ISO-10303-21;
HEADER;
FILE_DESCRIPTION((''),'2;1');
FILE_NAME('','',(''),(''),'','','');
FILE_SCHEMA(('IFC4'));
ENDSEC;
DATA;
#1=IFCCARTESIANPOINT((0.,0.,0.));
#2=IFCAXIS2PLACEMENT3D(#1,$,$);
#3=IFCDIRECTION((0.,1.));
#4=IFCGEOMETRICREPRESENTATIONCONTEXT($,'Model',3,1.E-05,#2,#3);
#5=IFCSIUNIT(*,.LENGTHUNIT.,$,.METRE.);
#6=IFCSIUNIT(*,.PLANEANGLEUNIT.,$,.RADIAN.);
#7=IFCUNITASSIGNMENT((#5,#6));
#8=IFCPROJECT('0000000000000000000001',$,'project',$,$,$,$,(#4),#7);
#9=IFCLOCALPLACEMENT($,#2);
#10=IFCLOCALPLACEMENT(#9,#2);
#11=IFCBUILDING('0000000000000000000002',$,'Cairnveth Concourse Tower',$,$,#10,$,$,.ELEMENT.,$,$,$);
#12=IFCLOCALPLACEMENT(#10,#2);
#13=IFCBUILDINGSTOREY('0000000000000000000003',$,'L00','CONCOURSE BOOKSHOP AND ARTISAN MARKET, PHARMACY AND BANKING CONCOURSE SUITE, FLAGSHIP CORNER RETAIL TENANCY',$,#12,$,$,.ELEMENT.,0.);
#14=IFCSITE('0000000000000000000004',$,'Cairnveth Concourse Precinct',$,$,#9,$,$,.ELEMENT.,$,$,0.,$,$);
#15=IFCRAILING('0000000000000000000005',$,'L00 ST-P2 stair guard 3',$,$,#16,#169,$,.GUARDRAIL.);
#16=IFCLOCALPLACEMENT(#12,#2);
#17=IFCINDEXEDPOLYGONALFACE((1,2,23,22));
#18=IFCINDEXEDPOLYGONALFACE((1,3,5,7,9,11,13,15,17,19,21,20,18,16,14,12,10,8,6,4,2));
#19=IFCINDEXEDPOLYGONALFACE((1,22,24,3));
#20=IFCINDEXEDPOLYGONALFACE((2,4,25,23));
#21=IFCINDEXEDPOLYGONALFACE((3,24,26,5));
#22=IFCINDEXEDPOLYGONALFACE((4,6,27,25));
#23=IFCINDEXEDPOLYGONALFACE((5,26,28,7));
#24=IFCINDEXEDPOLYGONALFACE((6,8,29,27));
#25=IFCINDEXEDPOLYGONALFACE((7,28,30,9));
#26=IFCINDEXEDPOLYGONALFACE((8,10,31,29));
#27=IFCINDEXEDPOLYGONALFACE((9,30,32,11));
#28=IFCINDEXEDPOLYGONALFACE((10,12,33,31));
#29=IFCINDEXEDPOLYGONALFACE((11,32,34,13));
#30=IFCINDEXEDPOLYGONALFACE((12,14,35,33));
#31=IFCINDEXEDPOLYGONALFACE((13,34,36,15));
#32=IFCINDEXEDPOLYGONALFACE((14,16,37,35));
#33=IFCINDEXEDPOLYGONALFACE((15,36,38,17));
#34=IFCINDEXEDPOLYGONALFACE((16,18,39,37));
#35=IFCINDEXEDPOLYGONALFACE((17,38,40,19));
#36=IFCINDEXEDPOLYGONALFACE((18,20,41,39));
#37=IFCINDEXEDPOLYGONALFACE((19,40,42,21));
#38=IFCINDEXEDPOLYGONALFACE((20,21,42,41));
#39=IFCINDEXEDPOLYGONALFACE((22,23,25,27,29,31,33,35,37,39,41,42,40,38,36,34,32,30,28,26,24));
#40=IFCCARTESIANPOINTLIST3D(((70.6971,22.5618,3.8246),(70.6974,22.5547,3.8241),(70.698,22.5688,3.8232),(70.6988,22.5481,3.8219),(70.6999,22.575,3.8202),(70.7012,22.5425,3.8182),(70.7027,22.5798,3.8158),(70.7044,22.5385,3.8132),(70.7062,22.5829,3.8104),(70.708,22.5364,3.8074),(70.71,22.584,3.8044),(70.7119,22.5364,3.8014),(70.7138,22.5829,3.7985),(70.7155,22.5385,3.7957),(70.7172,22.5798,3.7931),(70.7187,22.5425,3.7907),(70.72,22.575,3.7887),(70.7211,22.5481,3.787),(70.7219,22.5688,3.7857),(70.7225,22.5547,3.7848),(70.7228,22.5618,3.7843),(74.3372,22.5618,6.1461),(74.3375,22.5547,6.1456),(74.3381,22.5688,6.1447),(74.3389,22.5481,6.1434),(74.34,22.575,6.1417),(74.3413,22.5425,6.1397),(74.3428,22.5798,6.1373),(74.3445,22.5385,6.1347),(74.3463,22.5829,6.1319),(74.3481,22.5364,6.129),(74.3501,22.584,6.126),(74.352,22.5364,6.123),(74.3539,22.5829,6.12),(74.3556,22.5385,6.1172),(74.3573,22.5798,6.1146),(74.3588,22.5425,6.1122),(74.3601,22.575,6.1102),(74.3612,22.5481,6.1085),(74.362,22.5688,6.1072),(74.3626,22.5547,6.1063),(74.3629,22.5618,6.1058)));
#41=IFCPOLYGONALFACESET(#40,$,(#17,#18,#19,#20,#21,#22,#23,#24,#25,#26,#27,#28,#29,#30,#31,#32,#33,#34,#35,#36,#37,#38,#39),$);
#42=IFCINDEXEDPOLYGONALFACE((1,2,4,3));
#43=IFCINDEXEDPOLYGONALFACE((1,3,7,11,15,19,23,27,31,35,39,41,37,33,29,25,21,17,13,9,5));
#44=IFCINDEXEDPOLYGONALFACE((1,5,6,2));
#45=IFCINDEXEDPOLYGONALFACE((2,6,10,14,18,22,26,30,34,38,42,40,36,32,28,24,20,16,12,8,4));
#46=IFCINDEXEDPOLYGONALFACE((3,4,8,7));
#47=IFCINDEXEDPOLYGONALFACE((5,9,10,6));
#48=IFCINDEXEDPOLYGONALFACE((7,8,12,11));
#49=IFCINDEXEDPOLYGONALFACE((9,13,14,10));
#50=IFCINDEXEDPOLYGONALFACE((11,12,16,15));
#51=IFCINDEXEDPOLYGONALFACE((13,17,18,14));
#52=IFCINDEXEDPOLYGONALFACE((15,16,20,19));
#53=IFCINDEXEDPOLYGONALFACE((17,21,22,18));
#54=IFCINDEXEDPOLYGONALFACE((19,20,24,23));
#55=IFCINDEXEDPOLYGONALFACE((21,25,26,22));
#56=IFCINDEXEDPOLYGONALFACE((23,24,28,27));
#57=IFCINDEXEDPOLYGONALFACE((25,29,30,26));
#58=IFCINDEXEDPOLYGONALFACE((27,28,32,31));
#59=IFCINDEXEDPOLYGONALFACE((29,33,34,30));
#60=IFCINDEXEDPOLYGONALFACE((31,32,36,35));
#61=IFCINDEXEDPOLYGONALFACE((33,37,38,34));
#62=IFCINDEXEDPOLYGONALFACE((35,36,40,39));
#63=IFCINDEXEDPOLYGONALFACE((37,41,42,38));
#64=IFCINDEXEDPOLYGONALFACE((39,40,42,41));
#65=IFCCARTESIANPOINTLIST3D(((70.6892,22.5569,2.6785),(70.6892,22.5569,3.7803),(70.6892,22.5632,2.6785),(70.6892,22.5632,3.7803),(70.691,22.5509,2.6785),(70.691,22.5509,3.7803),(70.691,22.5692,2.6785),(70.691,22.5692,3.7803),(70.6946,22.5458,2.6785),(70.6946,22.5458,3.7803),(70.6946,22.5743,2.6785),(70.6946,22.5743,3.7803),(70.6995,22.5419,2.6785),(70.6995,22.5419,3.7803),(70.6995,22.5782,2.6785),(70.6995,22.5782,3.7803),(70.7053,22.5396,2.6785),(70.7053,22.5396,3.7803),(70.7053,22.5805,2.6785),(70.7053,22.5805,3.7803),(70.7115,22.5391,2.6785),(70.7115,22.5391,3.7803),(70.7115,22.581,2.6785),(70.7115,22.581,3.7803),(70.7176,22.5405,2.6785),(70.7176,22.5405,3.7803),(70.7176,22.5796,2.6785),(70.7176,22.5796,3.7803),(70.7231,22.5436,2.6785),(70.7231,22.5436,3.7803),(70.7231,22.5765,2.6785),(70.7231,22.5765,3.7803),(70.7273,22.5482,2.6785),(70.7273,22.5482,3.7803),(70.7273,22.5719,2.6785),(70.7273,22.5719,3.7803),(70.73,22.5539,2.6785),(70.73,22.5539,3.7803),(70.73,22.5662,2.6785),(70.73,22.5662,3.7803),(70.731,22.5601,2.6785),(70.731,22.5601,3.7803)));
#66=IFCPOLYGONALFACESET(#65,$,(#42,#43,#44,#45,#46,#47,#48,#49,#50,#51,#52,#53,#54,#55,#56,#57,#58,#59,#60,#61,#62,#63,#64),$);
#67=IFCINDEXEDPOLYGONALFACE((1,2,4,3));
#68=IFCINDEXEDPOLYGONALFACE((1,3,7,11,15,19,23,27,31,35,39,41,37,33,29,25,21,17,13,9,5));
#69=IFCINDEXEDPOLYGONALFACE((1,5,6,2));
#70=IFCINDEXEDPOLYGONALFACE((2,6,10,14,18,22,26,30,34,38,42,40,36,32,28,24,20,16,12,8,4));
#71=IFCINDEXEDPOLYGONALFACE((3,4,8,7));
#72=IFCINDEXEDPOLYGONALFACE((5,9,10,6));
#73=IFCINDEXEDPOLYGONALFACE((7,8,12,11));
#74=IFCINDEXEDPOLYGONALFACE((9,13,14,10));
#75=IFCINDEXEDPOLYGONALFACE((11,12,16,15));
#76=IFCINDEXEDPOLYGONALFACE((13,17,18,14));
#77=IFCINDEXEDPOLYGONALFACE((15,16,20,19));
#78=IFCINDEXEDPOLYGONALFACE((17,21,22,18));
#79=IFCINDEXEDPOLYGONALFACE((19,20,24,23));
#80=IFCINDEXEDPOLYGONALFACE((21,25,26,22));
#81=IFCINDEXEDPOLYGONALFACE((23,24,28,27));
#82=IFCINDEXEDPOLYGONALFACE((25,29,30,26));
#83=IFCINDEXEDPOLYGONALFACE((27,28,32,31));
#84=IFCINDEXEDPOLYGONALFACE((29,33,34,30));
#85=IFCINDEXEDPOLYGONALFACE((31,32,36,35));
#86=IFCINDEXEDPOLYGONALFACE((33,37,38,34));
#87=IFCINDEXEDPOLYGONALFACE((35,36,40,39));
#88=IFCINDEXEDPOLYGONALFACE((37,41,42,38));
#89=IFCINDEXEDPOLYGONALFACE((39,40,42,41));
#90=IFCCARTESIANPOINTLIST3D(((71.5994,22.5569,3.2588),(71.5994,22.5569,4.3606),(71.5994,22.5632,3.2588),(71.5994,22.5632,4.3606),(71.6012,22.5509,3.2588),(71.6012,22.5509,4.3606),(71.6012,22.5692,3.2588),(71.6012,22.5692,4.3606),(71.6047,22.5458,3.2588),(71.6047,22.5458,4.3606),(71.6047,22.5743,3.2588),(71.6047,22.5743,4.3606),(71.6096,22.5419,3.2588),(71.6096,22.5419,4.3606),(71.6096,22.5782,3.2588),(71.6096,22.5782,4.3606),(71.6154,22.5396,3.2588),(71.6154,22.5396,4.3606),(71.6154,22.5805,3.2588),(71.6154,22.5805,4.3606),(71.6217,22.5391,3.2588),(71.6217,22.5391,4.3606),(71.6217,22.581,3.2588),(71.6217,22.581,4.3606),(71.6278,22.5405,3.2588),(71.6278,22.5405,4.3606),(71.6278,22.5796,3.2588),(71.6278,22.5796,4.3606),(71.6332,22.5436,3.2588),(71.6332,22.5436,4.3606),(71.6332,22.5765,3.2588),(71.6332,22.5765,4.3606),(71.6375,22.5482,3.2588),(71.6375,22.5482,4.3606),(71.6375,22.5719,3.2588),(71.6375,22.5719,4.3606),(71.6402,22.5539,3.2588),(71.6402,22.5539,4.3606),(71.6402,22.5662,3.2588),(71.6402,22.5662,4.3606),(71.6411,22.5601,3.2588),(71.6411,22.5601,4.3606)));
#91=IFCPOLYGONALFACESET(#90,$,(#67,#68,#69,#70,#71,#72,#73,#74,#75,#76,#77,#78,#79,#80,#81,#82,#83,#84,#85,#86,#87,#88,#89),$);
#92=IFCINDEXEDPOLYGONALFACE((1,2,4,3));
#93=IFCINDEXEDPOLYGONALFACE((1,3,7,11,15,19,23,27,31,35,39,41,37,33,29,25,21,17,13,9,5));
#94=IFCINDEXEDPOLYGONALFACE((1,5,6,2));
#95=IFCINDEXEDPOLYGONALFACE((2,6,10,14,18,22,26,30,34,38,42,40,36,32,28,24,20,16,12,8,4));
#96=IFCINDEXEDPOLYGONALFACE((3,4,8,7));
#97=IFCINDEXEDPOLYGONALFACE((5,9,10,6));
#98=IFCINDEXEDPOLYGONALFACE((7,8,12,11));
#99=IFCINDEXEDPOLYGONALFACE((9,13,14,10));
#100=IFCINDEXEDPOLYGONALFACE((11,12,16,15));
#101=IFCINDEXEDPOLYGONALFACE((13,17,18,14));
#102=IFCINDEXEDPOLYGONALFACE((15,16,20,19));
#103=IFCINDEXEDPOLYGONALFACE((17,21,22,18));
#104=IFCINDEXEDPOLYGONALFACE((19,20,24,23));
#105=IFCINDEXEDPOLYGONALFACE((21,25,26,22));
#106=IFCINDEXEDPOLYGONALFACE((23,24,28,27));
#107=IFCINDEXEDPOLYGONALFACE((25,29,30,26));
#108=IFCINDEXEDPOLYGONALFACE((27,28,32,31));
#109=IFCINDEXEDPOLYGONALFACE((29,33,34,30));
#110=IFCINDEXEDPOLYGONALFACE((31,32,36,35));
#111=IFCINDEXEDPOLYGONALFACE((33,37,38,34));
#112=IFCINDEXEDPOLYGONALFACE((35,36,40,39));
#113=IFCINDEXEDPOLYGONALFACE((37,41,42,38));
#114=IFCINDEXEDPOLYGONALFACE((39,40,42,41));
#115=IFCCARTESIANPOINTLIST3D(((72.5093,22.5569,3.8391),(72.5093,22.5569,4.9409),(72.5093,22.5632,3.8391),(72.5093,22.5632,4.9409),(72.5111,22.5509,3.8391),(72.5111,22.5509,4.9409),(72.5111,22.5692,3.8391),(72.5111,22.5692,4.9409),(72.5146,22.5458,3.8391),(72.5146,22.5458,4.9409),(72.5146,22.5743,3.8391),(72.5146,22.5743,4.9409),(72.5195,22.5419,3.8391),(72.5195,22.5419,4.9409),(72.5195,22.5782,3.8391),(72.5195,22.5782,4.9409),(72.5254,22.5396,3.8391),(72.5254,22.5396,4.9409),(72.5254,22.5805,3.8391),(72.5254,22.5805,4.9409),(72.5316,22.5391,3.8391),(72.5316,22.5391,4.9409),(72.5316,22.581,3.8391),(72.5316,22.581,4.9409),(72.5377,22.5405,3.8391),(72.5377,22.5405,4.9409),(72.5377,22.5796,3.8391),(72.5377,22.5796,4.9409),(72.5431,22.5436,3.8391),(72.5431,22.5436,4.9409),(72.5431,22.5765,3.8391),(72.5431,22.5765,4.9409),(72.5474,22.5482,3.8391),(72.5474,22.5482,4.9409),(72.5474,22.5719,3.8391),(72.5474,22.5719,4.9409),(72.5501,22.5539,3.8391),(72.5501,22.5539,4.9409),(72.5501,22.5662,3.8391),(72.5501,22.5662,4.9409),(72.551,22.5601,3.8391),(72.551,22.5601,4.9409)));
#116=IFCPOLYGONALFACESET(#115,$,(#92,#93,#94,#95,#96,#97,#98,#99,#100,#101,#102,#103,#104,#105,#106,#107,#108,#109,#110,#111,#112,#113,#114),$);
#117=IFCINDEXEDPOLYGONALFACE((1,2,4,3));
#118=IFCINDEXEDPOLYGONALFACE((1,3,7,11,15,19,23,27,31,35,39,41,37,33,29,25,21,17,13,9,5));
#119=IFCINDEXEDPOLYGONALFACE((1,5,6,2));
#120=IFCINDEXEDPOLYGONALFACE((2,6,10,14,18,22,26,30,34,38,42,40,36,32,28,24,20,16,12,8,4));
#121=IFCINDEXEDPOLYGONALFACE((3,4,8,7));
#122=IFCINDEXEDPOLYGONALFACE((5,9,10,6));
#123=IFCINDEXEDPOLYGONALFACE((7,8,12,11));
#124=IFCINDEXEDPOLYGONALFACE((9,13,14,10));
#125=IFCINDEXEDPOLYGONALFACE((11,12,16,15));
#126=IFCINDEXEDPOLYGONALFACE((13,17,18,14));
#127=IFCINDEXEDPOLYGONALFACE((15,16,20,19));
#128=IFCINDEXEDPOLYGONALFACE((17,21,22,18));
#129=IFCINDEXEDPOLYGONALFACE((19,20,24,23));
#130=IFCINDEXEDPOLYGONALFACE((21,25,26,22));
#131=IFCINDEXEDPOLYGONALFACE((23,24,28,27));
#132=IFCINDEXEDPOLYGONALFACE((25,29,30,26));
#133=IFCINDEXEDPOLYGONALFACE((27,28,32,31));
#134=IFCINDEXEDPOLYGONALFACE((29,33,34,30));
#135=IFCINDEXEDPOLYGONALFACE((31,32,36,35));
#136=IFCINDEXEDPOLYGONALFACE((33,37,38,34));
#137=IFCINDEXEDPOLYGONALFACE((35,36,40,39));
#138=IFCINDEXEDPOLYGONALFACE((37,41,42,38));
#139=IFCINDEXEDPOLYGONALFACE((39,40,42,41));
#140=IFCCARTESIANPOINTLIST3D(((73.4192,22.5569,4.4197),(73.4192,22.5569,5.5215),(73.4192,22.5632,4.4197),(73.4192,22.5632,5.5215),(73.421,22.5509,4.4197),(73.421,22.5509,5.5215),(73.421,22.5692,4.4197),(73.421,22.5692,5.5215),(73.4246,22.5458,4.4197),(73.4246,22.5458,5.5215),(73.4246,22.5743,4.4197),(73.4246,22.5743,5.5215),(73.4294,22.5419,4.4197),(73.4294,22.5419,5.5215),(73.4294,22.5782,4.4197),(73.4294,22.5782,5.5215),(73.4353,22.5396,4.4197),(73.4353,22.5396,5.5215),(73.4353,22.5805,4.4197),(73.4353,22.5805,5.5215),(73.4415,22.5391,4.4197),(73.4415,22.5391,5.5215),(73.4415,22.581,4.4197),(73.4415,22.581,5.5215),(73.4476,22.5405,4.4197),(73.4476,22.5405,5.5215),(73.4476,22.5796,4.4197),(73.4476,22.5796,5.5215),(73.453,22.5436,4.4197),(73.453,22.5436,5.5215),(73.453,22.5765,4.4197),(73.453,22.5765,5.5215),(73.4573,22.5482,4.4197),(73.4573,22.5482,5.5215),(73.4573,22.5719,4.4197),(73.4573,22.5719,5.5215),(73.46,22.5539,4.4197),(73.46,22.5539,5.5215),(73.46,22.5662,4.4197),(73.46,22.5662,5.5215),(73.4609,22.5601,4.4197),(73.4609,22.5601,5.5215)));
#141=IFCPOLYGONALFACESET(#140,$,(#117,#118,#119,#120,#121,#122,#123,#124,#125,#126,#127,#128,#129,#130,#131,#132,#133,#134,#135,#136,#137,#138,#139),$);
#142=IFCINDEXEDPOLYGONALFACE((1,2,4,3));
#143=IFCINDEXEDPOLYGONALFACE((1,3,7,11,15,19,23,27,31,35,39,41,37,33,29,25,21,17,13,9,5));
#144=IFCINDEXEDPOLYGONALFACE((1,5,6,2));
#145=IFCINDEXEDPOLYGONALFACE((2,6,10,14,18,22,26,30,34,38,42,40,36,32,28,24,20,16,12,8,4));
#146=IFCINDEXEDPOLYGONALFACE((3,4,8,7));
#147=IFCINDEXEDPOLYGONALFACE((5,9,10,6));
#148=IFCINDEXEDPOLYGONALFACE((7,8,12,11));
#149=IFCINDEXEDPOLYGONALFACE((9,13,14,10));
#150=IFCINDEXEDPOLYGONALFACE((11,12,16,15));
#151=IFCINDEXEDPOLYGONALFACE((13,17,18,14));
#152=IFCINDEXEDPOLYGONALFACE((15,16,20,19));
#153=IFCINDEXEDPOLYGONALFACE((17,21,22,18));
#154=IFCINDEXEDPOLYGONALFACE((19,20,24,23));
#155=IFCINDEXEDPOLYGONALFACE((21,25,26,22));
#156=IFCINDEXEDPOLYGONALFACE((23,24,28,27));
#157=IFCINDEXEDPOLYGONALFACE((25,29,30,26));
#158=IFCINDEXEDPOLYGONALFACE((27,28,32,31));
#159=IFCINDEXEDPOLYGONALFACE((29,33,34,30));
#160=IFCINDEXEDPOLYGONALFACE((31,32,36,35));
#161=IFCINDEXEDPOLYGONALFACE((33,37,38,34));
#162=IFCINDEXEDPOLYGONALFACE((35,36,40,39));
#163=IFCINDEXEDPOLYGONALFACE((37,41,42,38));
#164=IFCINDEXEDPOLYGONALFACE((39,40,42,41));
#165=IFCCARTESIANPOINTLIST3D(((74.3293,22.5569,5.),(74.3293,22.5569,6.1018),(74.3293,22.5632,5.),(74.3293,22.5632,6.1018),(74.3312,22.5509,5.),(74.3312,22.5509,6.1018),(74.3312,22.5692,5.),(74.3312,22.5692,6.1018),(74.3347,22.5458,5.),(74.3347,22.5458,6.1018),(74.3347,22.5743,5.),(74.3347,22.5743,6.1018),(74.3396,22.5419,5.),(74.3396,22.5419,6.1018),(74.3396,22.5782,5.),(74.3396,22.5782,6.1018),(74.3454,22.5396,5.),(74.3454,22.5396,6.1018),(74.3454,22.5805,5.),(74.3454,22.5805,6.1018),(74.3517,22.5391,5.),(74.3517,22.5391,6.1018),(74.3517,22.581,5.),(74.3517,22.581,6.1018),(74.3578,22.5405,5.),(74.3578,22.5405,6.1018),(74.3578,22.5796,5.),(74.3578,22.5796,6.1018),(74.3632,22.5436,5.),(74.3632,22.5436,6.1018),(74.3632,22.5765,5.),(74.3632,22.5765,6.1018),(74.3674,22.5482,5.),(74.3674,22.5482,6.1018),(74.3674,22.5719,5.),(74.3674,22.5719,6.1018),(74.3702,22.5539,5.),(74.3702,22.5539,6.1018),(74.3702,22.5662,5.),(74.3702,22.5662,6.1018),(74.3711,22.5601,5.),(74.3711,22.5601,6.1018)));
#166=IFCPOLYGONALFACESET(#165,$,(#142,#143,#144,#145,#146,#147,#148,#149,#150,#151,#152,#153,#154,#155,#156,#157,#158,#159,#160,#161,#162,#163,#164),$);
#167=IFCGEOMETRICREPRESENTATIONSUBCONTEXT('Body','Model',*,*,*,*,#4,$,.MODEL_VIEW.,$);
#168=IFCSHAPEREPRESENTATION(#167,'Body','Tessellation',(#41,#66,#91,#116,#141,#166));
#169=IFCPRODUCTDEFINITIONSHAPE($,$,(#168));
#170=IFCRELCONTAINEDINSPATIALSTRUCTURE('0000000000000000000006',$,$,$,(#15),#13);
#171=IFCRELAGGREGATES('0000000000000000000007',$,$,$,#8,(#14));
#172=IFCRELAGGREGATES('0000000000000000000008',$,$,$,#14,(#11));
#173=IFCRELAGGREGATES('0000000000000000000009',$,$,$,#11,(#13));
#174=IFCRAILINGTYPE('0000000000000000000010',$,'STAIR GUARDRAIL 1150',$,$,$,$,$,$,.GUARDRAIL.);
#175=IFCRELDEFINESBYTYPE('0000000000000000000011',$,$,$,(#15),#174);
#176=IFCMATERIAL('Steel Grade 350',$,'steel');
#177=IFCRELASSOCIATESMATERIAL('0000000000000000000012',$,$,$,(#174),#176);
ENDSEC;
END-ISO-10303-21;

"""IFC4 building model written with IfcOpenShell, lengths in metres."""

from ifc_helpers import new_model, si_unit, direction, frame, origin, origin_2d, place, context, subcontext, project, spatial, circle, extrude, material, type_object, element, save


model = new_model("IFC4")

# Units and contexts
model_context = context("Model", 3, precision=1e-05, world=origin(), true_north=direction((0.0, 1.0)))
body_context = subcontext(model_context, "Body", "Model", "MODEL_VIEW")
ifc_project = project(units=[si_unit("LENGTHUNIT", "METRE"), si_unit("PLANEANGLEUNIT", "RADIAN")], contexts=[model_context])

# Site, building, storey
site_placement = place(None, origin())
site = spatial("IfcSite", under=ifc_project, at=site_placement, Name="Cairnveth Concourse Precinct", CompositionType="ELEMENT", RefElevation=0.0)
building_placement = place(site_placement, origin())
building = spatial("IfcBuilding", under=site, at=building_placement, Name="Cairnveth Concourse Tower", CompositionType="ELEMENT")
storey_placement = place(building_placement, origin())
storey = spatial("IfcBuildingStorey", under=building, at=storey_placement, Name="L00", Description="CONCOURSE BOOKSHOP AND ARTISAN MARKET, PHARMACY AND BANKING CONCOURSE SUITE, FLAGSHIP CORNER RETAIL TENANCY", CompositionType="ELEMENT", Elevation=0.0)

# Shared definitions
ifc_material_1 = material(Name="Steel Grade 350", Category="steel")

# Railing
railing_type_1 = type_object("IfcRailingType", Name="STAIR GUARDRAIL 1150", PredefinedType="GUARDRAIL", material=ifc_material_1)
railing_1_placement = place(storey_placement, frame((70.71, 22.5601, 2.6785)))
element("IfcRailing", 1, at=railing_1_placement, inside=storey, type_object=railing_type_1, Name="L00 ST-P2 stair guard 3", PredefinedType="GUARDRAIL", context=body_context, shape_type="SweptSolid", body=[
    extrude(circle(Radius=0.0239, at=origin_2d()), frame((0.0, 0.0, 1.126), z_axis=(0.843128, 0.0, 0.537713), x_axis=(0.0, 1.0, 0.0)), (0.0, 0.0, 1.0), 4.3174),
    extrude(circle(Radius=0.021, at=origin_2d()), origin(), (0.0, 0.0, 1.0), 1.1018),
    extrude(circle(Radius=0.021, at=origin_2d()), frame((0.9102, 0.0, 0.5803)), (0.0, 0.0, 1.0), 1.1018),
    extrude(circle(Radius=0.021, at=origin_2d()), frame((1.8201, 0.0, 1.1606)), (0.0, 0.0, 1.0), 1.1018),
    extrude(circle(Radius=0.021, at=origin_2d()), frame((2.73, 0.0, 1.7412)), (0.0, 0.0, 1.0), 1.1018),
    extrude(circle(Radius=0.021, at=origin_2d()), frame((3.6401, 0.0, 2.3215)), (0.0, 0.0, 1.0), 1.1018),
])

save(model, "model.ifc")
